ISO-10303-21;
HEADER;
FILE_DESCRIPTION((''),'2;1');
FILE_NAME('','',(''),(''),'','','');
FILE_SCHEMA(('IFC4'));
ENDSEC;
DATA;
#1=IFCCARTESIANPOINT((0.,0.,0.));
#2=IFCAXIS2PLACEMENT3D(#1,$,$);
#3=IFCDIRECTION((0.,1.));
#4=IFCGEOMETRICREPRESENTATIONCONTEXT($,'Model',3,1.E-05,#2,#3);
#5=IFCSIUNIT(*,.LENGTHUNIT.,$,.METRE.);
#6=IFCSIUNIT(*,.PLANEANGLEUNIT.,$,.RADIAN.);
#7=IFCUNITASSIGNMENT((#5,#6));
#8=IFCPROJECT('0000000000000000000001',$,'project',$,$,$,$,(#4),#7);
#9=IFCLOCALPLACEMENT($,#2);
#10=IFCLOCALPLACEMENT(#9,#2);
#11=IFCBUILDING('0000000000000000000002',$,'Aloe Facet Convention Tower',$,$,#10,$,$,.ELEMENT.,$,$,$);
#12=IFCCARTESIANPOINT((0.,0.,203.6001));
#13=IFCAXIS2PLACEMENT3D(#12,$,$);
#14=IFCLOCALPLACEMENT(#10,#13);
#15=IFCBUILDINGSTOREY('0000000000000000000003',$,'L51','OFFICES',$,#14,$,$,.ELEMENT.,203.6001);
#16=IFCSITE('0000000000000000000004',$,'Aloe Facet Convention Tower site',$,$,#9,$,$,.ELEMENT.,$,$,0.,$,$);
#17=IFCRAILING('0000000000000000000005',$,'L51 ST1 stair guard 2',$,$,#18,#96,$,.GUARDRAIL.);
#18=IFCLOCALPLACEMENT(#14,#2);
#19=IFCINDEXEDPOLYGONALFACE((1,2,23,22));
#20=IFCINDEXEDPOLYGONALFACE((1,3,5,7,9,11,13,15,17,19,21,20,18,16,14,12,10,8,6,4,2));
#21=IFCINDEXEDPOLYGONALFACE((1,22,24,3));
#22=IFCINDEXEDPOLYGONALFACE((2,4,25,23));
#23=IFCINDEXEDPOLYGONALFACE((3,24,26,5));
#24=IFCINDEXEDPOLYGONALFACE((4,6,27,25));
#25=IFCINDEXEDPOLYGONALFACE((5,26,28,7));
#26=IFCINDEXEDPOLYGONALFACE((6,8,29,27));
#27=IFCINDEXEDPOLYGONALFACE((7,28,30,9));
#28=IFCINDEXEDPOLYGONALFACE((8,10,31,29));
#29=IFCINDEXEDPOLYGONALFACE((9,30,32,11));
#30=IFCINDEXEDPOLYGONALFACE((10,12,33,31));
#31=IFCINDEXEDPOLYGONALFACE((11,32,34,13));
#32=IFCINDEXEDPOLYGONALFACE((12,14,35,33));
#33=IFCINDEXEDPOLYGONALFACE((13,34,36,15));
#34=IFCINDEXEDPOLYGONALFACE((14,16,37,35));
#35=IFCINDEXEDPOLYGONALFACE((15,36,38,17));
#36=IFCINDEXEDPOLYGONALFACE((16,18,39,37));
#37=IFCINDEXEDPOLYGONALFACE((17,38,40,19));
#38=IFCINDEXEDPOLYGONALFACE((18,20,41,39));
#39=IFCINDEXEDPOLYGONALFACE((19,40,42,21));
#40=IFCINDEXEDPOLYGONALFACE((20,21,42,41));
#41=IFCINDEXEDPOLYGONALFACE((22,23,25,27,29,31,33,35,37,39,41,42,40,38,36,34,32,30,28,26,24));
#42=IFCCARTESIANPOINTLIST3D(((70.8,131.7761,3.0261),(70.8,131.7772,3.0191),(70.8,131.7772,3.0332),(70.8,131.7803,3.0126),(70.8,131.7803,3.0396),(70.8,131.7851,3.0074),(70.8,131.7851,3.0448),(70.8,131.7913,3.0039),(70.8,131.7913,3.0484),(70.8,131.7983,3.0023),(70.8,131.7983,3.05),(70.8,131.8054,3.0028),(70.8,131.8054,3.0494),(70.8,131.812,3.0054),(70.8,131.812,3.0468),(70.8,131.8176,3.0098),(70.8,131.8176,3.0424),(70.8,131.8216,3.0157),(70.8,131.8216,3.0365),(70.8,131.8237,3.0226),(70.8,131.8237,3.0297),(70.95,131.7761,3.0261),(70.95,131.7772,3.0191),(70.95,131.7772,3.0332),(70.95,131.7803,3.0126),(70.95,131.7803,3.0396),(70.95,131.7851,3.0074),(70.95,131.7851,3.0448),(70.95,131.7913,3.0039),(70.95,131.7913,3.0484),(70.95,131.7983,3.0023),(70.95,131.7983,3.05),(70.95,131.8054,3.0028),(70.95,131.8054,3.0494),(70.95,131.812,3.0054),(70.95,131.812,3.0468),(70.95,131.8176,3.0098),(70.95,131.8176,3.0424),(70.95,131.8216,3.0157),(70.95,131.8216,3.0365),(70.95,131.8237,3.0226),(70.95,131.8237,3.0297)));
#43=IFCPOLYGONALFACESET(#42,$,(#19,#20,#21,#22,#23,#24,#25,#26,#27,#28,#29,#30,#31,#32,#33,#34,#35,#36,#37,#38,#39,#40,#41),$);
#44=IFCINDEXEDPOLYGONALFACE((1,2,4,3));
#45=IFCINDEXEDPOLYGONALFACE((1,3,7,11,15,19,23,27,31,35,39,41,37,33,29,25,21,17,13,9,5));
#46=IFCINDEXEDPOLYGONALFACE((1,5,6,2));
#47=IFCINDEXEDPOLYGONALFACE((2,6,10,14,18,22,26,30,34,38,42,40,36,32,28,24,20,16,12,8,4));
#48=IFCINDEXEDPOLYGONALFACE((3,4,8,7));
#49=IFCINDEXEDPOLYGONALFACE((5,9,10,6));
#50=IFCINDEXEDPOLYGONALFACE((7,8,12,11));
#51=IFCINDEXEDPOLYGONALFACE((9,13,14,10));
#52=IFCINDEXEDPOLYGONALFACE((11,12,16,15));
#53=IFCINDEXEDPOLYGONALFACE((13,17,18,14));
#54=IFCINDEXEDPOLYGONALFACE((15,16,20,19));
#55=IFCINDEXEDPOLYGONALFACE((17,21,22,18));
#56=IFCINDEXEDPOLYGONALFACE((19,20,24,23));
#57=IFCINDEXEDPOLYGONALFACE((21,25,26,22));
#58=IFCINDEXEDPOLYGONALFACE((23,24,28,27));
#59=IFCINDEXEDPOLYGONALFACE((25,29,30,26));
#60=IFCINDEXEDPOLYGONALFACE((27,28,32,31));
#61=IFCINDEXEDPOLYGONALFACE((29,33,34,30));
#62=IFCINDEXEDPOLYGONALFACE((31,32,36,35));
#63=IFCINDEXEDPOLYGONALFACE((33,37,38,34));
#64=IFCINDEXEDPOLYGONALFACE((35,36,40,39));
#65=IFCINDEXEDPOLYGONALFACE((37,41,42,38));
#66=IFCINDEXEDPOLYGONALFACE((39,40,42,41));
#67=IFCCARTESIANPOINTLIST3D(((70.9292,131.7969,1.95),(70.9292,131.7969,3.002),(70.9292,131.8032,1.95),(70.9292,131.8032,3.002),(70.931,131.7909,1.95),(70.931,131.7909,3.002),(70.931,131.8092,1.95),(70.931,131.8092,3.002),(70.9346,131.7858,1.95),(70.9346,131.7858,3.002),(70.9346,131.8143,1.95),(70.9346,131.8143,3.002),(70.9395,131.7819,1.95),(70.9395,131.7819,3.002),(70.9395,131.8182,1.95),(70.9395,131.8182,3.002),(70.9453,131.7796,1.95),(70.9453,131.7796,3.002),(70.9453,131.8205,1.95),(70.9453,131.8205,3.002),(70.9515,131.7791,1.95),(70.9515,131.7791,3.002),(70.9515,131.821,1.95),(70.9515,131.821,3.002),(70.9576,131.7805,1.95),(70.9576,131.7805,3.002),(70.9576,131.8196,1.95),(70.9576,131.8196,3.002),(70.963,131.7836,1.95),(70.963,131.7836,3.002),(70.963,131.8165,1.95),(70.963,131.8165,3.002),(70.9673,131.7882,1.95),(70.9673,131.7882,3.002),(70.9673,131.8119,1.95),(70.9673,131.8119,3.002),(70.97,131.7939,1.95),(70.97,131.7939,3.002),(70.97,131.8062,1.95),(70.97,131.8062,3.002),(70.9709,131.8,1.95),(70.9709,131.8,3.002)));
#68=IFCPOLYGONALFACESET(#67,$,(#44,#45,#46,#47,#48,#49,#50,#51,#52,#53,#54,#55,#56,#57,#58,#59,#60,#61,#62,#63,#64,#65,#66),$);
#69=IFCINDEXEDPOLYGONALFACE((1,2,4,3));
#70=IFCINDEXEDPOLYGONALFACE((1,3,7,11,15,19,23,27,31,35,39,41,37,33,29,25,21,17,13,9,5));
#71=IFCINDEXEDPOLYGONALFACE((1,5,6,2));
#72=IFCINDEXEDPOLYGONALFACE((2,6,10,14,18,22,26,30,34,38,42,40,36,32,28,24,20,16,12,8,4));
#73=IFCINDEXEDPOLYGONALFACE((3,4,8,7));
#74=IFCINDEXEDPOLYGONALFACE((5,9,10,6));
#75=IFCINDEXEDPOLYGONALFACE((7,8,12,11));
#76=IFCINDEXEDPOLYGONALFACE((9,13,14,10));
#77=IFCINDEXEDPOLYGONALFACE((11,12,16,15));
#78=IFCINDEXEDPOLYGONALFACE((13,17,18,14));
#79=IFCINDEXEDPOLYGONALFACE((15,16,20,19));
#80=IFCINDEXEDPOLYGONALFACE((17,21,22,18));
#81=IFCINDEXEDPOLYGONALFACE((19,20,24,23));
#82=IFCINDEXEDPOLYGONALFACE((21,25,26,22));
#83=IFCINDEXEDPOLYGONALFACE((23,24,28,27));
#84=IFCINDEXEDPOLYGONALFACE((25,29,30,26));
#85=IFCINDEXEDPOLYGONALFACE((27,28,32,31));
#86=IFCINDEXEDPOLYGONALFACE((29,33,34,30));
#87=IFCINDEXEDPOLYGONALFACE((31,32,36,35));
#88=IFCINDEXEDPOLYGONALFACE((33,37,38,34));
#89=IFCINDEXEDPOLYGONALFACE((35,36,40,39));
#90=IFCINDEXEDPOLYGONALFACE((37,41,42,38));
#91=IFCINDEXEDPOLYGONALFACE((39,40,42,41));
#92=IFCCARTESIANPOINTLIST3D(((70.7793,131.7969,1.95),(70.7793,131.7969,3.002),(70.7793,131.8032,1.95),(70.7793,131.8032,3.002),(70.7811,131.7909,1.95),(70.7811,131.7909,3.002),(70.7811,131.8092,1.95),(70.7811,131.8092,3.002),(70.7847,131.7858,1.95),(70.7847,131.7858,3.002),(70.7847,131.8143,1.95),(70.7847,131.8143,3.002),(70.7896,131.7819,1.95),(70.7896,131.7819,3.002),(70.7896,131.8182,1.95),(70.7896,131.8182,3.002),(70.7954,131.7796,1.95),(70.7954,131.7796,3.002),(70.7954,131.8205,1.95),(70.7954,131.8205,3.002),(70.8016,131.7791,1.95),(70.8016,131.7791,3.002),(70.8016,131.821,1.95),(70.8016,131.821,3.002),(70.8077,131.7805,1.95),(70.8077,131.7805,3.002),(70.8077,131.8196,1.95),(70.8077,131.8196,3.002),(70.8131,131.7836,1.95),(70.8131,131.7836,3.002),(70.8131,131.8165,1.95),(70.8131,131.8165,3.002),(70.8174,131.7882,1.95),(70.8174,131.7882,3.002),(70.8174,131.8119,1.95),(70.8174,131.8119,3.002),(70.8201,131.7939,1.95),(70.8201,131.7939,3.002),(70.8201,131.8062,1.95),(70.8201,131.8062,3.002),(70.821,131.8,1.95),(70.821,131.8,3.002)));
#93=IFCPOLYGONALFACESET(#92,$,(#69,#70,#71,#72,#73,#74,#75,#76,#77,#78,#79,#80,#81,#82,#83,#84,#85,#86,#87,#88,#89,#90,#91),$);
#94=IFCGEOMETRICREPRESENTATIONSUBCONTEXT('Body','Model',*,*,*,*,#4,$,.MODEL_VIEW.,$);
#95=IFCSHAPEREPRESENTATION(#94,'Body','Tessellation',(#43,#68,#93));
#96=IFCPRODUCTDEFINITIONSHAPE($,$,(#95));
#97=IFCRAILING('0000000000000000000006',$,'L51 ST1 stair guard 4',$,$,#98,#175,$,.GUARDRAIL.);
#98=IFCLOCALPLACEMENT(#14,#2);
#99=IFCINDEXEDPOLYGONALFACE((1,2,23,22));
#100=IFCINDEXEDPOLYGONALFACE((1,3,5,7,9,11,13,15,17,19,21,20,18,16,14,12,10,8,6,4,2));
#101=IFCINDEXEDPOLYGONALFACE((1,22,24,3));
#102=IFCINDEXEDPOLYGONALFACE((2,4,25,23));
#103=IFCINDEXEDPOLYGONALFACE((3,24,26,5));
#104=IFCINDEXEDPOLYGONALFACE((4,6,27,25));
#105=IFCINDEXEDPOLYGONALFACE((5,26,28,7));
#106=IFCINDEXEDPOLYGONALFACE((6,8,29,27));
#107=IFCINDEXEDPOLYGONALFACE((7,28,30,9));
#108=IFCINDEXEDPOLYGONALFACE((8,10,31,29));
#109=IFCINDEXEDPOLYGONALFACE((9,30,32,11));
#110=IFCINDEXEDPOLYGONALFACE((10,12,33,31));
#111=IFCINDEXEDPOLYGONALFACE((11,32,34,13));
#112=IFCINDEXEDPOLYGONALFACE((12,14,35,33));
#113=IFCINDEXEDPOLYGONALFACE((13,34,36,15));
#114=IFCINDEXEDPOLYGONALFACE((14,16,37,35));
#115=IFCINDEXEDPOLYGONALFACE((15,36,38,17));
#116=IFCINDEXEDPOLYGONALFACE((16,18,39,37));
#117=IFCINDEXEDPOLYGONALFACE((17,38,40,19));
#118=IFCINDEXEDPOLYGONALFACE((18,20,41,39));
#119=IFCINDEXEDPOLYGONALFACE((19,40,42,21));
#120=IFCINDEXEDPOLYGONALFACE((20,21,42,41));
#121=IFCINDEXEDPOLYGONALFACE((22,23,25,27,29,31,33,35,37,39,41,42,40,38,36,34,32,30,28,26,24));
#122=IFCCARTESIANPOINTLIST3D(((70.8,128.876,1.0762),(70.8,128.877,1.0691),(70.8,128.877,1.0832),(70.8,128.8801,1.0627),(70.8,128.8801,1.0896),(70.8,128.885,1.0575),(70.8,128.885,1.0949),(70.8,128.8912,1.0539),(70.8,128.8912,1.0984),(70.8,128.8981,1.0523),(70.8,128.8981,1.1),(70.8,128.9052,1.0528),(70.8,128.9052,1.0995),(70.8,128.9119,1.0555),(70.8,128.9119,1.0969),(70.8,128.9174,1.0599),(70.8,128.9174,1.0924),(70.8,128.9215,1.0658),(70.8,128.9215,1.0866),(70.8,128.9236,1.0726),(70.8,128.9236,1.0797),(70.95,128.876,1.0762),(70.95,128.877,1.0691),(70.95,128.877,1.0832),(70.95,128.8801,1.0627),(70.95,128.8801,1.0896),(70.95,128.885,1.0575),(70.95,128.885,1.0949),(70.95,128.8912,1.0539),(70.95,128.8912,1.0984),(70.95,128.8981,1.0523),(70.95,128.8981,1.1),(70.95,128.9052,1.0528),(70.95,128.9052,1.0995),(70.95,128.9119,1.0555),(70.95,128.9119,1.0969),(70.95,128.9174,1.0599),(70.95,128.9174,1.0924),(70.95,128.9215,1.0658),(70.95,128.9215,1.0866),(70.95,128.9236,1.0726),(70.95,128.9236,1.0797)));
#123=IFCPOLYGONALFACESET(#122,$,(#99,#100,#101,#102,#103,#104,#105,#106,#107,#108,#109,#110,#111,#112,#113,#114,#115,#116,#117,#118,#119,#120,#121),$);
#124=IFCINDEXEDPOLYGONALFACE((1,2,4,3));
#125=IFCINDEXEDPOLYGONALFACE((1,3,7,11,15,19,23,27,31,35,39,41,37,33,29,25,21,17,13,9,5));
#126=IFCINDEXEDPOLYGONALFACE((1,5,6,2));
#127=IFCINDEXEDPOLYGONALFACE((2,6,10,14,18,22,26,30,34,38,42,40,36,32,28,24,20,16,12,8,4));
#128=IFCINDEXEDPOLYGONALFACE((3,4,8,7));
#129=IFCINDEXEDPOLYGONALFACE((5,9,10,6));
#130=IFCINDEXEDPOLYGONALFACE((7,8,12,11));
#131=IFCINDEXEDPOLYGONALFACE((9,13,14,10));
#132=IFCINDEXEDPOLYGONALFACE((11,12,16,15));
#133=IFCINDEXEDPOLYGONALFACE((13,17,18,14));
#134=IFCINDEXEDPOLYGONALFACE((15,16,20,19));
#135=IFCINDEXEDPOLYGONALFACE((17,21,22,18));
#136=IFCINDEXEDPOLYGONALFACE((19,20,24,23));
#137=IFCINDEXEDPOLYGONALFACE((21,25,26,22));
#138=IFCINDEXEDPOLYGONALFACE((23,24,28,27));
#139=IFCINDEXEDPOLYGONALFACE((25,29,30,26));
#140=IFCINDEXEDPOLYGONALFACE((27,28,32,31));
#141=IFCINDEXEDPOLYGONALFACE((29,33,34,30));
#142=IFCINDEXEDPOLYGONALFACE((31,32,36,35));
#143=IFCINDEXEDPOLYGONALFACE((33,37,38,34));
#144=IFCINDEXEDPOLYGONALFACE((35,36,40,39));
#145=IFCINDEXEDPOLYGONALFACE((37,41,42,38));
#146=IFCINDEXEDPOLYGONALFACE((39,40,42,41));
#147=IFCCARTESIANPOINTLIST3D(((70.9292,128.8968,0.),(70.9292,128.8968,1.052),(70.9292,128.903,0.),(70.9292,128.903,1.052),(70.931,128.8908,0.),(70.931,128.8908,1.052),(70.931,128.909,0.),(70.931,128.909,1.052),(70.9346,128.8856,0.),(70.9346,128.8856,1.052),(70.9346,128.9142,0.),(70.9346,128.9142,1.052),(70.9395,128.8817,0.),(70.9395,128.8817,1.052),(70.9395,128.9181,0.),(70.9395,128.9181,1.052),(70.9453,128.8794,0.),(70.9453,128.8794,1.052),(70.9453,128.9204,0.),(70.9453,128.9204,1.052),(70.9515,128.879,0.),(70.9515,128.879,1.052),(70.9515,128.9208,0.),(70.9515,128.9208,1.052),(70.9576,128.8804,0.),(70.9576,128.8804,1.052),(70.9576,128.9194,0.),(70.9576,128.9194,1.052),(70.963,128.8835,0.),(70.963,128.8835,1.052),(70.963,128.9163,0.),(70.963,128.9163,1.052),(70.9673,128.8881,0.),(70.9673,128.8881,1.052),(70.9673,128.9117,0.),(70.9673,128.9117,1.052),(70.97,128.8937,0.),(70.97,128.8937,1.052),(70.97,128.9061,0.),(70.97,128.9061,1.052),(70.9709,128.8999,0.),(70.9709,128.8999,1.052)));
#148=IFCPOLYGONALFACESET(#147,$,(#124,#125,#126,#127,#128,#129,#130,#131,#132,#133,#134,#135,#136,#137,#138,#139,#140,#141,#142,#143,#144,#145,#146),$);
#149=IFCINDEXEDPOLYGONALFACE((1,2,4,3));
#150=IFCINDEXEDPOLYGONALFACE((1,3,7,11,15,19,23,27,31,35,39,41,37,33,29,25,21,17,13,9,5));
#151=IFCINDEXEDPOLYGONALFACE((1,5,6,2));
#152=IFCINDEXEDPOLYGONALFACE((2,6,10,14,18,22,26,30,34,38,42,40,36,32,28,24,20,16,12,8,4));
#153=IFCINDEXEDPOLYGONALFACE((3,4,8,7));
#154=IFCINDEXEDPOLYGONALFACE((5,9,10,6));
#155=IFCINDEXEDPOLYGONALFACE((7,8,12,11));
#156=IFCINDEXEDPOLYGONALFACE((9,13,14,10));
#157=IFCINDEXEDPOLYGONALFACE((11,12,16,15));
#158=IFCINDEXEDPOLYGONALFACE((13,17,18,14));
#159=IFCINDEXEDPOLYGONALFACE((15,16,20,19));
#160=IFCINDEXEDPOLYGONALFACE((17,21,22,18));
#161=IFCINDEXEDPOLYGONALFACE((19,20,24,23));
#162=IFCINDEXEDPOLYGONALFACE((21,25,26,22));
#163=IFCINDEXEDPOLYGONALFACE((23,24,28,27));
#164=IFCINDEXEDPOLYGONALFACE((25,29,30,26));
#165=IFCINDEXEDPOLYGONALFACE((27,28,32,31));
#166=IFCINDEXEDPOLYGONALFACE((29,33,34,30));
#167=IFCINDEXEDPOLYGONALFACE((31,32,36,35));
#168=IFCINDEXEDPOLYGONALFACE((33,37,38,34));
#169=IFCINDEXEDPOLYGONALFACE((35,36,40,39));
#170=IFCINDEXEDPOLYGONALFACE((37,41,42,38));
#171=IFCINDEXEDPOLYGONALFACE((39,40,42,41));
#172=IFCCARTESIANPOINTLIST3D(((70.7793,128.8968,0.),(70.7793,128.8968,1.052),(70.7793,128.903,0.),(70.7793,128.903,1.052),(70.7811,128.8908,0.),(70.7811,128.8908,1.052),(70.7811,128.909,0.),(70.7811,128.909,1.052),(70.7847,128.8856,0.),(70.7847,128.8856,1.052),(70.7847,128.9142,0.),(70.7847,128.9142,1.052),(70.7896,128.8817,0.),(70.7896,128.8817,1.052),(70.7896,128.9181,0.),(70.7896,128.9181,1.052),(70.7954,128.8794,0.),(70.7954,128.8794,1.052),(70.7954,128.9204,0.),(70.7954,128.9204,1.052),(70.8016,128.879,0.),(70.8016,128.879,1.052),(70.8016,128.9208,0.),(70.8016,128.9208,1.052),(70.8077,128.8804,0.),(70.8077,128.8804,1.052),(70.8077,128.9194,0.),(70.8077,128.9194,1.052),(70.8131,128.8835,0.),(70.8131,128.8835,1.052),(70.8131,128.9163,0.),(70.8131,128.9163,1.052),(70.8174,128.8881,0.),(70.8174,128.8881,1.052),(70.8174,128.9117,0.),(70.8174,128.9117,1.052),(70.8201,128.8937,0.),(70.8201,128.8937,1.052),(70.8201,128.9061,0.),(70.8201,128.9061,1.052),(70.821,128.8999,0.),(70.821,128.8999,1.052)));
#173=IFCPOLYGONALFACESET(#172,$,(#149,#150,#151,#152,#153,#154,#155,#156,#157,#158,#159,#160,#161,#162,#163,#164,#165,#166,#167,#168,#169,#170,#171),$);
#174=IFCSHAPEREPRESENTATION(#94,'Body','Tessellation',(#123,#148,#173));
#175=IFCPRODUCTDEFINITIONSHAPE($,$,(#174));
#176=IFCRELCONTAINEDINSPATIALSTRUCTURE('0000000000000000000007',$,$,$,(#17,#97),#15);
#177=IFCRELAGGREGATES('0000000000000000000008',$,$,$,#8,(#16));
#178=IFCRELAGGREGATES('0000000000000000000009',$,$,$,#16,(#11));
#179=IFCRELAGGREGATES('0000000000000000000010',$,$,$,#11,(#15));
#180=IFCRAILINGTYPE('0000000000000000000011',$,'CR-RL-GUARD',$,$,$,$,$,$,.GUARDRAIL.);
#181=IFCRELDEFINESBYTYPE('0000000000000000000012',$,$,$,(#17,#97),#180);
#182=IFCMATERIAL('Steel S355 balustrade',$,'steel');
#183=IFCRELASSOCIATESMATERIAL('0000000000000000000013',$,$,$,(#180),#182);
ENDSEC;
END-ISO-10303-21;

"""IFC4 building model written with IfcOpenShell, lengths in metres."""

from ifc_helpers import new_model, si_unit, direction, frame, origin, origin_2d, place, context, subcontext, project, spatial, circle, extrude, material, type_object, element, save


model = new_model("IFC4")

# Units and contexts
model_context = context("Model", 3, precision=1e-05, world=origin(), true_north=direction((0.0, 1.0)))
body_context = subcontext(model_context, "Body", "Model", "MODEL_VIEW")
ifc_project = project(units=[si_unit("LENGTHUNIT", "METRE"), si_unit("PLANEANGLEUNIT", "RADIAN")], contexts=[model_context])

# Site, building, storey
site_placement = place(None, origin())
site = spatial("IfcSite", under=ifc_project, at=site_placement, Name="Aloe Facet Convention Tower site", CompositionType="ELEMENT", RefElevation=0.0)
building_placement = place(site_placement, origin())
building = spatial("IfcBuilding", under=site, at=building_placement, Name="Aloe Facet Convention Tower", CompositionType="ELEMENT")
storey_placement = place(building_placement, frame((0.0, 0.0, 203.6001)))
storey = spatial("IfcBuildingStorey", under=building, at=storey_placement, Name="L51", Description="OFFICES", CompositionType="ELEMENT", Elevation=203.6001)

# Railings
ifc_material_1 = material(Name="Steel S355 balustrade", Category="steel")
railing_type_1 = type_object("IfcRailingType", Name="CR-RL-GUARD", PredefinedType="GUARDRAIL", material=ifc_material_1)
for number, where, name in (
    (1, (70.95, 131.8, 1.95), "L51 ST1 stair guard 2"),
    (2, (70.95, 128.8999, 0.0), "L51 ST1 stair guard 4"),
):
    element("IfcRailing", number, at=place(storey_placement, frame(where)), inside=storey, type_object=railing_type_1, Name=name, PredefinedType="GUARDRAIL", context=body_context, shape_type="SweptSolid", body=[
        extrude(circle(Radius=0.0239, at=origin_2d()), frame((0.0, 0.0, 1.0762), z_axis=(-1.0, 0.0, 0.0), x_axis=(0.0, -1.0, 0.0)), (0.0, 0.0, 1.0), 0.1499),
        extrude(circle(Radius=0.021, at=origin_2d()), origin(), (0.0, 0.0, 1.0), 1.052),
        extrude(circle(Radius=0.021, at=origin_2d()), frame((-0.1499, 0.0, 0.0)), (0.0, 0.0, 1.0), 1.052),
    ])

save(model, "model.ifc")
